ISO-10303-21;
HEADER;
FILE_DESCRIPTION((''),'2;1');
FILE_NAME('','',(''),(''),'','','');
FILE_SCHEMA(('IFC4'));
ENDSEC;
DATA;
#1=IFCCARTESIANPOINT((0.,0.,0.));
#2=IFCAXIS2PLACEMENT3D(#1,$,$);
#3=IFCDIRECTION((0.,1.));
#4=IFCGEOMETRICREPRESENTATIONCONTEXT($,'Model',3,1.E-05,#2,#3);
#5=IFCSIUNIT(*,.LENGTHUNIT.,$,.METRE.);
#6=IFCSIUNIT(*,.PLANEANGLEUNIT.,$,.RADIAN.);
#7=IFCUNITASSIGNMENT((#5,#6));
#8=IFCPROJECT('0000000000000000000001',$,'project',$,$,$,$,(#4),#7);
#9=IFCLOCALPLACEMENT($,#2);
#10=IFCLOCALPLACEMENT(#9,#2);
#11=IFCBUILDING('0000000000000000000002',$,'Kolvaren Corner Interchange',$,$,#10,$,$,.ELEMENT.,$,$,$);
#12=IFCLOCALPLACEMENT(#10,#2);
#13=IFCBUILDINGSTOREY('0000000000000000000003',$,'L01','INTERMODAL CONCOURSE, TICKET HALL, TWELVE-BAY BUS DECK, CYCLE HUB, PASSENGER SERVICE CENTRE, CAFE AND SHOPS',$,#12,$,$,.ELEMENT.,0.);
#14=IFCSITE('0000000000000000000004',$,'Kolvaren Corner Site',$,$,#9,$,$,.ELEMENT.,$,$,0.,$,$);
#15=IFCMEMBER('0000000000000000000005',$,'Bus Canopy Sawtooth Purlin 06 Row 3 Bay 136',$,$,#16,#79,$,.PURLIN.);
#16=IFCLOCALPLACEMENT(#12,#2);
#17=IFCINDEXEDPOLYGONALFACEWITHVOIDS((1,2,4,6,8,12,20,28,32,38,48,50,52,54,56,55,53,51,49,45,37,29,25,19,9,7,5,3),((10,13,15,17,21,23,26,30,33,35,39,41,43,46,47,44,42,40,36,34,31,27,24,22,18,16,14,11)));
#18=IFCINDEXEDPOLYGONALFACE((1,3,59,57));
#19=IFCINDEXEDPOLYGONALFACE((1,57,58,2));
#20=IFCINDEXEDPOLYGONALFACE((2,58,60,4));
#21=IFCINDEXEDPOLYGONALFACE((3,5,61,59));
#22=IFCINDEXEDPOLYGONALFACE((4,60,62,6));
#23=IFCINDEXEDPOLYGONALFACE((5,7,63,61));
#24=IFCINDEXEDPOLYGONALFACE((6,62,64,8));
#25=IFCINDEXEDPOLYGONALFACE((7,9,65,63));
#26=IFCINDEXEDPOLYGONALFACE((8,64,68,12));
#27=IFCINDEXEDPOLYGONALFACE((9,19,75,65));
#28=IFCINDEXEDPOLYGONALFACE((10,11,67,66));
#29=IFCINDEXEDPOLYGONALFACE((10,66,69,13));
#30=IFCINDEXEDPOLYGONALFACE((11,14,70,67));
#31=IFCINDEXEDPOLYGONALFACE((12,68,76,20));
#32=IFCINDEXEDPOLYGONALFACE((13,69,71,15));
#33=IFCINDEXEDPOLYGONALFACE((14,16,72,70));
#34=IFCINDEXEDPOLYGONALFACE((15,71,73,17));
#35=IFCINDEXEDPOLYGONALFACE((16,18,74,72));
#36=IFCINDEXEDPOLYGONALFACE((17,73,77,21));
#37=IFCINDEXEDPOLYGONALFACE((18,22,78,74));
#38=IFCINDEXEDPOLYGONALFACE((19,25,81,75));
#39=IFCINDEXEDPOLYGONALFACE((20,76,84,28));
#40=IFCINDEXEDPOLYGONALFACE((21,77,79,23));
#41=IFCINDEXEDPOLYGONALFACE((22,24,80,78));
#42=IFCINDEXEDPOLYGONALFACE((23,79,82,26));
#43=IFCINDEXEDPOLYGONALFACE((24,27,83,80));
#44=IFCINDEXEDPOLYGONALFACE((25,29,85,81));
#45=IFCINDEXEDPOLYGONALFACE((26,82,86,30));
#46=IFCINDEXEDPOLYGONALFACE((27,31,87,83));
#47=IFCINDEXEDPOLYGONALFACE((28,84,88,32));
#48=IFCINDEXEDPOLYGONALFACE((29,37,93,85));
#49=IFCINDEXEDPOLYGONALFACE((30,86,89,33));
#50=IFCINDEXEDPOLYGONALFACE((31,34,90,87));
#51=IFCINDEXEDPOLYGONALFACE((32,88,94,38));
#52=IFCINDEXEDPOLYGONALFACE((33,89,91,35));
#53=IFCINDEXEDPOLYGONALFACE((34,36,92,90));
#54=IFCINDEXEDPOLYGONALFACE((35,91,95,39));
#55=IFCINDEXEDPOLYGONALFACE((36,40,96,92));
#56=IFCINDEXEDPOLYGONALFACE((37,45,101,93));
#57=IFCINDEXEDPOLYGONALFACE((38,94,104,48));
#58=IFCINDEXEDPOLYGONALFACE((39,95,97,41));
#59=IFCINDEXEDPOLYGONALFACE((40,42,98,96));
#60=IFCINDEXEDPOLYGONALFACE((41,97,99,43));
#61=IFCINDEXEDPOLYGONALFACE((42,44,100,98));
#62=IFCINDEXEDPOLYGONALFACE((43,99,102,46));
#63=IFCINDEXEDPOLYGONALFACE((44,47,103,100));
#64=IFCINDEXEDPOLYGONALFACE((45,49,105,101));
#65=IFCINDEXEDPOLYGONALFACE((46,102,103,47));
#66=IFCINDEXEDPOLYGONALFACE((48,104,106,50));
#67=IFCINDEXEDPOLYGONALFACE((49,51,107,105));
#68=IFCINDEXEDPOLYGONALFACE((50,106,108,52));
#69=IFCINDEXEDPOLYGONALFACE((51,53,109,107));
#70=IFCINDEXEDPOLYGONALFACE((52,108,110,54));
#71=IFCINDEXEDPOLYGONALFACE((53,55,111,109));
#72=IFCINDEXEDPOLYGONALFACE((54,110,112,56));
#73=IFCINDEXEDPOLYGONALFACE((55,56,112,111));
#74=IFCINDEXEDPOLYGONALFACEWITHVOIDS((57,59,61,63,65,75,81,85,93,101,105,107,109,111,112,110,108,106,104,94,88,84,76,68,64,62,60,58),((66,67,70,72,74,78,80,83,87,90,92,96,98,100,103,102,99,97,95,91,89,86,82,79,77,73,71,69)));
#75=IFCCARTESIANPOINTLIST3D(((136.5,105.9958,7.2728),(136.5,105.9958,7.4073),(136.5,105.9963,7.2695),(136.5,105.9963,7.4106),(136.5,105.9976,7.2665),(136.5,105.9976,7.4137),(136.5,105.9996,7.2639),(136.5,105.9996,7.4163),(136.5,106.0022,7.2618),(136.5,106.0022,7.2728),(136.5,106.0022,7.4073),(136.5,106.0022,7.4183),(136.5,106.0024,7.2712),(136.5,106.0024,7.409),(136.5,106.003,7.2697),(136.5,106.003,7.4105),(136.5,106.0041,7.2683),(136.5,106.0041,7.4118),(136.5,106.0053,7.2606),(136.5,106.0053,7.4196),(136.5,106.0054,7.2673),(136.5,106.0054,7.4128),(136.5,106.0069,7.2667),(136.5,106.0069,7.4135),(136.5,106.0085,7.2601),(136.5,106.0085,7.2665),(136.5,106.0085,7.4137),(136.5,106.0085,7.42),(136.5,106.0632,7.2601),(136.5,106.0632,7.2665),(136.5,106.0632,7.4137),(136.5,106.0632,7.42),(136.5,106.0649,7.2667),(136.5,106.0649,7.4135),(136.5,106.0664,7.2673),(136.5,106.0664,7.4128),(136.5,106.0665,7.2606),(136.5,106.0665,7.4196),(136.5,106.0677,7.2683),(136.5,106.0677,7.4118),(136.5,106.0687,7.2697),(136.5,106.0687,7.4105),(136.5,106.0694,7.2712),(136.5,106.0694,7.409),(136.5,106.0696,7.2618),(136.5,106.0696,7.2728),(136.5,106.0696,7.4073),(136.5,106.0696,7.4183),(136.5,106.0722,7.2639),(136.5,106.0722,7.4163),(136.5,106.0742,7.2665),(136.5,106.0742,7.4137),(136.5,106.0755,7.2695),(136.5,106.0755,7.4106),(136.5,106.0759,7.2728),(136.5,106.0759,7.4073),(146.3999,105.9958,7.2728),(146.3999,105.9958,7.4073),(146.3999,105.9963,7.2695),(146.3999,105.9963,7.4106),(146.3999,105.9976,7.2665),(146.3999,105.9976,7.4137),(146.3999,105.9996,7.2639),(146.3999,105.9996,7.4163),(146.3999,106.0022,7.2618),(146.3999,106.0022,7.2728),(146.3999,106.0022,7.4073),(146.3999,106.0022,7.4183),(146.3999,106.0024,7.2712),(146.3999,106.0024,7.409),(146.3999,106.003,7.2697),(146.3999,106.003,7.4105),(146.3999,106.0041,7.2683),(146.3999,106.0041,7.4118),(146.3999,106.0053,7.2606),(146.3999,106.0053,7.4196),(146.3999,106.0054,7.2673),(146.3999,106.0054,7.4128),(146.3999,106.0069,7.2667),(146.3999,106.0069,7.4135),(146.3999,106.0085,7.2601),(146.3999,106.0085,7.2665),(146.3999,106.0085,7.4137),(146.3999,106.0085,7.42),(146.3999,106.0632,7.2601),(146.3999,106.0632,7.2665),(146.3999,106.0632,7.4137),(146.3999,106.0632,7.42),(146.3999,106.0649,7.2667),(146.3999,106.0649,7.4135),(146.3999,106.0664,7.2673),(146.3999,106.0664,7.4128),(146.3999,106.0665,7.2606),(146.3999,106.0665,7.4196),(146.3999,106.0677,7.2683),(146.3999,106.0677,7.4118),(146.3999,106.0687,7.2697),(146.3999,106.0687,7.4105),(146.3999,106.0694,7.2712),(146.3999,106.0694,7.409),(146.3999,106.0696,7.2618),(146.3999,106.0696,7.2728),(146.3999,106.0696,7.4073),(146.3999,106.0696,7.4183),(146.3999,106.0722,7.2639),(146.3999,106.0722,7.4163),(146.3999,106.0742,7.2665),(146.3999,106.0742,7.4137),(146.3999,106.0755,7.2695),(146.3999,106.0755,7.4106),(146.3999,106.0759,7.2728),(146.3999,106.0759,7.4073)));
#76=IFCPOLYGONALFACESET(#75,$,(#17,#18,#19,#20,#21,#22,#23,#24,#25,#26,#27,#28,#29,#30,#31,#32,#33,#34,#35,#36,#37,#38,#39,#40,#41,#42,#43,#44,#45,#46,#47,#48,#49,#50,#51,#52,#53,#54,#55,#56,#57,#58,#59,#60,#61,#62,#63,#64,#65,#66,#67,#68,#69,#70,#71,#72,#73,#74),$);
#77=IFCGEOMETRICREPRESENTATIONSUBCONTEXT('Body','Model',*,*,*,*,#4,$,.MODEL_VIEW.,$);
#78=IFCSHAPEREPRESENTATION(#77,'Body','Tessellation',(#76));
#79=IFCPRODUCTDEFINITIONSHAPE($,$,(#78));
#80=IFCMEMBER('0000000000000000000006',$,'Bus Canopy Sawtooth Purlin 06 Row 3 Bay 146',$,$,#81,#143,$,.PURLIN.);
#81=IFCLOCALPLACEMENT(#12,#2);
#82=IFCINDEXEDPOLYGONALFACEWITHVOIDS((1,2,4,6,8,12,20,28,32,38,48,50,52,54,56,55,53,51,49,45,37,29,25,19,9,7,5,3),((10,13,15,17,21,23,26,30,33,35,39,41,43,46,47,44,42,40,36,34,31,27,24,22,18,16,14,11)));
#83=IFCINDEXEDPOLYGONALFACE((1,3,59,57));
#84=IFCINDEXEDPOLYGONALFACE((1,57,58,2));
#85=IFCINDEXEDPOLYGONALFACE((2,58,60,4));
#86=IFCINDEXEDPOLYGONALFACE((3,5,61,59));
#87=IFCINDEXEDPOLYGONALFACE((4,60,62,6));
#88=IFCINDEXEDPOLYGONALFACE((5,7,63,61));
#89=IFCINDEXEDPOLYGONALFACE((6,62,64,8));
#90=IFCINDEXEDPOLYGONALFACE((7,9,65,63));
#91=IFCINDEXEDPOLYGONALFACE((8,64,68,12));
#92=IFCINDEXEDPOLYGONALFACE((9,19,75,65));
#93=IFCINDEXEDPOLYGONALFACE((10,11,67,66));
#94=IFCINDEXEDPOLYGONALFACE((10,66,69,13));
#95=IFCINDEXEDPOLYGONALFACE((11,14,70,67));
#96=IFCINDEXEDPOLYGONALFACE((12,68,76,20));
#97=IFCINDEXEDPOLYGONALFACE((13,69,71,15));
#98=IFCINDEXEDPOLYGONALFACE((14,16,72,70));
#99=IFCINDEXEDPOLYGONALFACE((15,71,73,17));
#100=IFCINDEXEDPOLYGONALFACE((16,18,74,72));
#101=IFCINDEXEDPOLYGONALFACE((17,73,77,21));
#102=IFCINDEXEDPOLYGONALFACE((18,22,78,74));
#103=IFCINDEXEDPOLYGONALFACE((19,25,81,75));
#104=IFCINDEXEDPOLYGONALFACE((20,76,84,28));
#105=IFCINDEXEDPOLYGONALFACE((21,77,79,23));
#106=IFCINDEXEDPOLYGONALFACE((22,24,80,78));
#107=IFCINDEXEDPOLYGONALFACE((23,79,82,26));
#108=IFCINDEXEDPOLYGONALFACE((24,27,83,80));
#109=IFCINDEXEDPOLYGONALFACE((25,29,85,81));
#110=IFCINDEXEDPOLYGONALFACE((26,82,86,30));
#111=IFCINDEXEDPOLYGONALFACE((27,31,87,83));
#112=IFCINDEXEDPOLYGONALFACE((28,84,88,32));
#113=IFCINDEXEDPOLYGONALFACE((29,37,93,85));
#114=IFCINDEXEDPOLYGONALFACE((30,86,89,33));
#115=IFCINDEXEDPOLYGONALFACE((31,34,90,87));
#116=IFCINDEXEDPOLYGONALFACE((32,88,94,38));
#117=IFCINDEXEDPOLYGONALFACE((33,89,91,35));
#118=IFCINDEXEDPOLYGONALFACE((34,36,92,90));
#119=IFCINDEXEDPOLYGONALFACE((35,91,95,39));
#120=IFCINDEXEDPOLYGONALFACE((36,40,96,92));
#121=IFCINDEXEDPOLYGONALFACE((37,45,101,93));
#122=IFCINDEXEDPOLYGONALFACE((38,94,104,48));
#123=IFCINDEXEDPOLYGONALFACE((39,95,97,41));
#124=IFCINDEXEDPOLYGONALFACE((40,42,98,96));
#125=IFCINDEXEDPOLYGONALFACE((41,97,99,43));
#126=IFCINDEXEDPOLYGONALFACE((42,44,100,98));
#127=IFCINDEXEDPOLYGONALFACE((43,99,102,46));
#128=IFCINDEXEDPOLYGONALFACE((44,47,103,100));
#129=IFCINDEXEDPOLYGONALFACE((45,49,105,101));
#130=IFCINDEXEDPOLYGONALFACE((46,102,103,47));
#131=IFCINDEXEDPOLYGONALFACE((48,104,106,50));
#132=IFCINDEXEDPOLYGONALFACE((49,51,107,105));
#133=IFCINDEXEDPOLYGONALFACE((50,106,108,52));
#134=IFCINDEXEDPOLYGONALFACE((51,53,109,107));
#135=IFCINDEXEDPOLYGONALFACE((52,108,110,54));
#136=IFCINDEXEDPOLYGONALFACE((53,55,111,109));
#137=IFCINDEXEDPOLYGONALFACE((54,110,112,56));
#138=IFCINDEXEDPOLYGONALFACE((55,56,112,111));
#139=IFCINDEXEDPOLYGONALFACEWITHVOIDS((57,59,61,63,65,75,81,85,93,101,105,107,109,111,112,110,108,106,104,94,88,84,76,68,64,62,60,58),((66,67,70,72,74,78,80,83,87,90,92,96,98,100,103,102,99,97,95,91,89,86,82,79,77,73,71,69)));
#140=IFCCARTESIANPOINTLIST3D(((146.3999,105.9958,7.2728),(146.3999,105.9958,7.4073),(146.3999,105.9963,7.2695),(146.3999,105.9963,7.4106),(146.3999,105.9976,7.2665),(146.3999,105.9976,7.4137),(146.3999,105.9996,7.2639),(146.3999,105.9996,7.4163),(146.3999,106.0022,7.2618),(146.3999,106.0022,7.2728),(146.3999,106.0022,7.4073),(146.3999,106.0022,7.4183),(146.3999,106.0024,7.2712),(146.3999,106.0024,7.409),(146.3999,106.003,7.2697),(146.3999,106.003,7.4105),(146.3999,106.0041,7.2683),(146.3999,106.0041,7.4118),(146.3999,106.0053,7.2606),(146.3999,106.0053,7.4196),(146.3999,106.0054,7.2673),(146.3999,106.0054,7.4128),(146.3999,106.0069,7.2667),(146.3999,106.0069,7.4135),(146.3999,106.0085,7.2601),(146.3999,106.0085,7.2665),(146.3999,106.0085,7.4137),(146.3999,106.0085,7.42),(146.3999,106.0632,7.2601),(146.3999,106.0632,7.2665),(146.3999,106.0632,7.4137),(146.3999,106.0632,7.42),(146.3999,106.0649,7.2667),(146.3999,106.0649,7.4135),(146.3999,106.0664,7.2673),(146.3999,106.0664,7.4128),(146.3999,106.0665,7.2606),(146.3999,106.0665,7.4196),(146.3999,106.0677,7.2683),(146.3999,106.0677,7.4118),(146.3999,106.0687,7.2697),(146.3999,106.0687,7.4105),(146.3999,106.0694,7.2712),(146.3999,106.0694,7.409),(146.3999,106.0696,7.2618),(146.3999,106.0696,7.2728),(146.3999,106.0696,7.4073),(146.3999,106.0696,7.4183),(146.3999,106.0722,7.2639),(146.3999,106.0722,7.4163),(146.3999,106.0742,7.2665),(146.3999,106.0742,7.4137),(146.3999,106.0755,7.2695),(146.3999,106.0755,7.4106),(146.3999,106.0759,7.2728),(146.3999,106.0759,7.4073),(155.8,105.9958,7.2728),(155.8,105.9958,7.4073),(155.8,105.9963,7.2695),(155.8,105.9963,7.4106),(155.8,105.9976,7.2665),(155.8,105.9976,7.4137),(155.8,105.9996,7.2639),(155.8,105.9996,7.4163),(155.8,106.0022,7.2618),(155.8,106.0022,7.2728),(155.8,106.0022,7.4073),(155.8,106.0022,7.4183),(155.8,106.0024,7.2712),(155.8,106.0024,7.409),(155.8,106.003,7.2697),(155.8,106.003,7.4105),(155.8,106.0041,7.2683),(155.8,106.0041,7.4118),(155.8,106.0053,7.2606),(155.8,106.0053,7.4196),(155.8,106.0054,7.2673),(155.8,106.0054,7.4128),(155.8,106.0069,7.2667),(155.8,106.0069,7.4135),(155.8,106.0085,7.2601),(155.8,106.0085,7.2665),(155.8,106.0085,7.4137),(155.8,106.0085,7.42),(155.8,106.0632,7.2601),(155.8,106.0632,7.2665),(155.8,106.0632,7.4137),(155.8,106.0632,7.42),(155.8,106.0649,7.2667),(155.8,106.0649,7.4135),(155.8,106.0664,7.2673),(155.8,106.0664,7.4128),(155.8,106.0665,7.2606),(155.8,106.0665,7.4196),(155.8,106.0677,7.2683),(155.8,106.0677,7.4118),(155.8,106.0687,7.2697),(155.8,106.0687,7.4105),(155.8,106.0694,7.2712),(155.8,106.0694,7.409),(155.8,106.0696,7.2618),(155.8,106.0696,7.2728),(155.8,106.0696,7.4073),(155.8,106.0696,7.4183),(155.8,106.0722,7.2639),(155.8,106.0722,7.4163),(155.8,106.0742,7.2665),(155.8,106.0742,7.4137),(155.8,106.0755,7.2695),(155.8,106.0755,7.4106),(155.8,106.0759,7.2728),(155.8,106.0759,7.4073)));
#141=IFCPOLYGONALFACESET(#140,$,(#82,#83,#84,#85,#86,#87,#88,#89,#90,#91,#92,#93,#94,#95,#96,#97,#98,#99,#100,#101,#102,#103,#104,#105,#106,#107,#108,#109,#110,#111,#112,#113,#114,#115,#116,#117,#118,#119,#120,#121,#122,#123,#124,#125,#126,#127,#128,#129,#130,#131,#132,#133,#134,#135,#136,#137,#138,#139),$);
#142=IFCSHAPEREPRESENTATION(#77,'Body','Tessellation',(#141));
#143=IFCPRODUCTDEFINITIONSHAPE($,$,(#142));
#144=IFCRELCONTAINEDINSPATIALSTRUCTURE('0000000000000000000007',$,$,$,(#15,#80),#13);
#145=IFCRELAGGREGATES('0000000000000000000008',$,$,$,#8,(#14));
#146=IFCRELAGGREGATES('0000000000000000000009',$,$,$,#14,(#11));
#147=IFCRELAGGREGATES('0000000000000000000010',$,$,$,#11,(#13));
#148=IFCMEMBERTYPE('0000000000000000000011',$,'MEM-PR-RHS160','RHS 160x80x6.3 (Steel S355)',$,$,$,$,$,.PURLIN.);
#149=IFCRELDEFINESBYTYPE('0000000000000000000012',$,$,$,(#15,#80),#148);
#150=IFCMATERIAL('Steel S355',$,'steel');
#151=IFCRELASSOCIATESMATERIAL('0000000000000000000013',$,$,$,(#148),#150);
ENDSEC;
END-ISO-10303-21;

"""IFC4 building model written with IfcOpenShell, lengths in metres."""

from ifc_helpers import new_model, si_unit, direction, frame, origin, origin_2d, place, context, subcontext, project, spatial, hollow_rectangle, extrude, material, material_profile, profile_set, type_object, element, save


model = new_model("IFC4")

# Units and contexts
model_context = context("Model", 3, precision=1e-05, world=origin(), true_north=direction((0.0, 1.0)))
body_context = subcontext(model_context, "Body", "Model", "MODEL_VIEW")
ifc_project = project(units=[si_unit("LENGTHUNIT", "METRE"), si_unit("PLANEANGLEUNIT", "RADIAN")], contexts=[model_context])

# Site, building, storey
site_placement = place(None, origin())
site = spatial("IfcSite", under=ifc_project, at=site_placement, Name="Kolvaren Corner Site", CompositionType="ELEMENT", RefElevation=0.0)
building_placement = place(site_placement, origin())
building = spatial("IfcBuilding", under=site, at=building_placement, Name="Kolvaren Corner Interchange", CompositionType="ELEMENT")
storey_placement = place(building_placement, origin())
storey = spatial("IfcBuildingStorey", under=building, at=storey_placement, Name="L01", Description="INTERMODAL CONCOURSE, TICKET HALL, TWELVE-BAY BUS DECK, CYCLE HUB, PASSENGER SERVICE CENTRE, CAFE AND SHOPS", CompositionType="ELEMENT", Elevation=0.0)

# Members
ifc_material_1 = material(Name="Steel S355", Category="steel")
ifc_material_profile_1 = material_profile(ifc_material_1, hollow_rectangle(XDim=0.0801, YDim=0.1599, WallThickness=0.0063, InnerFilletRadius=0.0063, OuterFilletRadius=0.0127, at=origin_2d()), Name="RHS 160x80x6.3")
ifc_profile_set_1 = profile_set([ifc_material_profile_1], Name="Steel S355")
member_type_1 = type_object("IfcMemberType", Name="MEM-PR-RHS160", Description="RHS 160x80x6.3 (Steel S355)", PredefinedType="PURLIN", material=ifc_profile_set_1)
member_1_placement = place(storey_placement, frame((136.5, 106.0359, 7.3401), z_axis=(1.0, 0.0, 0.0), x_axis=(0.0, 1.0, 0.0)))
element("IfcMember", 1, at=member_1_placement, inside=storey, type_object=member_type_1, Name="Bus Canopy Sawtooth Purlin 06 Row 3 Bay 136", PredefinedType="PURLIN", context=body_context, shape_type="SweptSolid", body=[
    extrude(hollow_rectangle(XDim=0.0801, YDim=0.1599, WallThickness=0.0063, InnerFilletRadius=0.0063, OuterFilletRadius=0.0127, at=origin_2d()), origin(), (0.0, 0.0, 1.0), 9.8999),
])
member_2_placement = place(storey_placement, frame((146.3999, 106.0359, 7.3401), z_axis=(1.0, 0.0, 0.0), x_axis=(0.0, 1.0, 0.0)))
element("IfcMember", 2, at=member_2_placement, inside=storey, type_object=member_type_1, Name="Bus Canopy Sawtooth Purlin 06 Row 3 Bay 146", PredefinedType="PURLIN", context=body_context, shape_type="SweptSolid", body=[
    extrude(hollow_rectangle(XDim=0.0801, YDim=0.1599, WallThickness=0.0063, InnerFilletRadius=0.0063, OuterFilletRadius=0.0127, at=origin_2d()), origin(), (0.0, 0.0, 1.0), 9.4001),
])

save(model, "model.ifc")
